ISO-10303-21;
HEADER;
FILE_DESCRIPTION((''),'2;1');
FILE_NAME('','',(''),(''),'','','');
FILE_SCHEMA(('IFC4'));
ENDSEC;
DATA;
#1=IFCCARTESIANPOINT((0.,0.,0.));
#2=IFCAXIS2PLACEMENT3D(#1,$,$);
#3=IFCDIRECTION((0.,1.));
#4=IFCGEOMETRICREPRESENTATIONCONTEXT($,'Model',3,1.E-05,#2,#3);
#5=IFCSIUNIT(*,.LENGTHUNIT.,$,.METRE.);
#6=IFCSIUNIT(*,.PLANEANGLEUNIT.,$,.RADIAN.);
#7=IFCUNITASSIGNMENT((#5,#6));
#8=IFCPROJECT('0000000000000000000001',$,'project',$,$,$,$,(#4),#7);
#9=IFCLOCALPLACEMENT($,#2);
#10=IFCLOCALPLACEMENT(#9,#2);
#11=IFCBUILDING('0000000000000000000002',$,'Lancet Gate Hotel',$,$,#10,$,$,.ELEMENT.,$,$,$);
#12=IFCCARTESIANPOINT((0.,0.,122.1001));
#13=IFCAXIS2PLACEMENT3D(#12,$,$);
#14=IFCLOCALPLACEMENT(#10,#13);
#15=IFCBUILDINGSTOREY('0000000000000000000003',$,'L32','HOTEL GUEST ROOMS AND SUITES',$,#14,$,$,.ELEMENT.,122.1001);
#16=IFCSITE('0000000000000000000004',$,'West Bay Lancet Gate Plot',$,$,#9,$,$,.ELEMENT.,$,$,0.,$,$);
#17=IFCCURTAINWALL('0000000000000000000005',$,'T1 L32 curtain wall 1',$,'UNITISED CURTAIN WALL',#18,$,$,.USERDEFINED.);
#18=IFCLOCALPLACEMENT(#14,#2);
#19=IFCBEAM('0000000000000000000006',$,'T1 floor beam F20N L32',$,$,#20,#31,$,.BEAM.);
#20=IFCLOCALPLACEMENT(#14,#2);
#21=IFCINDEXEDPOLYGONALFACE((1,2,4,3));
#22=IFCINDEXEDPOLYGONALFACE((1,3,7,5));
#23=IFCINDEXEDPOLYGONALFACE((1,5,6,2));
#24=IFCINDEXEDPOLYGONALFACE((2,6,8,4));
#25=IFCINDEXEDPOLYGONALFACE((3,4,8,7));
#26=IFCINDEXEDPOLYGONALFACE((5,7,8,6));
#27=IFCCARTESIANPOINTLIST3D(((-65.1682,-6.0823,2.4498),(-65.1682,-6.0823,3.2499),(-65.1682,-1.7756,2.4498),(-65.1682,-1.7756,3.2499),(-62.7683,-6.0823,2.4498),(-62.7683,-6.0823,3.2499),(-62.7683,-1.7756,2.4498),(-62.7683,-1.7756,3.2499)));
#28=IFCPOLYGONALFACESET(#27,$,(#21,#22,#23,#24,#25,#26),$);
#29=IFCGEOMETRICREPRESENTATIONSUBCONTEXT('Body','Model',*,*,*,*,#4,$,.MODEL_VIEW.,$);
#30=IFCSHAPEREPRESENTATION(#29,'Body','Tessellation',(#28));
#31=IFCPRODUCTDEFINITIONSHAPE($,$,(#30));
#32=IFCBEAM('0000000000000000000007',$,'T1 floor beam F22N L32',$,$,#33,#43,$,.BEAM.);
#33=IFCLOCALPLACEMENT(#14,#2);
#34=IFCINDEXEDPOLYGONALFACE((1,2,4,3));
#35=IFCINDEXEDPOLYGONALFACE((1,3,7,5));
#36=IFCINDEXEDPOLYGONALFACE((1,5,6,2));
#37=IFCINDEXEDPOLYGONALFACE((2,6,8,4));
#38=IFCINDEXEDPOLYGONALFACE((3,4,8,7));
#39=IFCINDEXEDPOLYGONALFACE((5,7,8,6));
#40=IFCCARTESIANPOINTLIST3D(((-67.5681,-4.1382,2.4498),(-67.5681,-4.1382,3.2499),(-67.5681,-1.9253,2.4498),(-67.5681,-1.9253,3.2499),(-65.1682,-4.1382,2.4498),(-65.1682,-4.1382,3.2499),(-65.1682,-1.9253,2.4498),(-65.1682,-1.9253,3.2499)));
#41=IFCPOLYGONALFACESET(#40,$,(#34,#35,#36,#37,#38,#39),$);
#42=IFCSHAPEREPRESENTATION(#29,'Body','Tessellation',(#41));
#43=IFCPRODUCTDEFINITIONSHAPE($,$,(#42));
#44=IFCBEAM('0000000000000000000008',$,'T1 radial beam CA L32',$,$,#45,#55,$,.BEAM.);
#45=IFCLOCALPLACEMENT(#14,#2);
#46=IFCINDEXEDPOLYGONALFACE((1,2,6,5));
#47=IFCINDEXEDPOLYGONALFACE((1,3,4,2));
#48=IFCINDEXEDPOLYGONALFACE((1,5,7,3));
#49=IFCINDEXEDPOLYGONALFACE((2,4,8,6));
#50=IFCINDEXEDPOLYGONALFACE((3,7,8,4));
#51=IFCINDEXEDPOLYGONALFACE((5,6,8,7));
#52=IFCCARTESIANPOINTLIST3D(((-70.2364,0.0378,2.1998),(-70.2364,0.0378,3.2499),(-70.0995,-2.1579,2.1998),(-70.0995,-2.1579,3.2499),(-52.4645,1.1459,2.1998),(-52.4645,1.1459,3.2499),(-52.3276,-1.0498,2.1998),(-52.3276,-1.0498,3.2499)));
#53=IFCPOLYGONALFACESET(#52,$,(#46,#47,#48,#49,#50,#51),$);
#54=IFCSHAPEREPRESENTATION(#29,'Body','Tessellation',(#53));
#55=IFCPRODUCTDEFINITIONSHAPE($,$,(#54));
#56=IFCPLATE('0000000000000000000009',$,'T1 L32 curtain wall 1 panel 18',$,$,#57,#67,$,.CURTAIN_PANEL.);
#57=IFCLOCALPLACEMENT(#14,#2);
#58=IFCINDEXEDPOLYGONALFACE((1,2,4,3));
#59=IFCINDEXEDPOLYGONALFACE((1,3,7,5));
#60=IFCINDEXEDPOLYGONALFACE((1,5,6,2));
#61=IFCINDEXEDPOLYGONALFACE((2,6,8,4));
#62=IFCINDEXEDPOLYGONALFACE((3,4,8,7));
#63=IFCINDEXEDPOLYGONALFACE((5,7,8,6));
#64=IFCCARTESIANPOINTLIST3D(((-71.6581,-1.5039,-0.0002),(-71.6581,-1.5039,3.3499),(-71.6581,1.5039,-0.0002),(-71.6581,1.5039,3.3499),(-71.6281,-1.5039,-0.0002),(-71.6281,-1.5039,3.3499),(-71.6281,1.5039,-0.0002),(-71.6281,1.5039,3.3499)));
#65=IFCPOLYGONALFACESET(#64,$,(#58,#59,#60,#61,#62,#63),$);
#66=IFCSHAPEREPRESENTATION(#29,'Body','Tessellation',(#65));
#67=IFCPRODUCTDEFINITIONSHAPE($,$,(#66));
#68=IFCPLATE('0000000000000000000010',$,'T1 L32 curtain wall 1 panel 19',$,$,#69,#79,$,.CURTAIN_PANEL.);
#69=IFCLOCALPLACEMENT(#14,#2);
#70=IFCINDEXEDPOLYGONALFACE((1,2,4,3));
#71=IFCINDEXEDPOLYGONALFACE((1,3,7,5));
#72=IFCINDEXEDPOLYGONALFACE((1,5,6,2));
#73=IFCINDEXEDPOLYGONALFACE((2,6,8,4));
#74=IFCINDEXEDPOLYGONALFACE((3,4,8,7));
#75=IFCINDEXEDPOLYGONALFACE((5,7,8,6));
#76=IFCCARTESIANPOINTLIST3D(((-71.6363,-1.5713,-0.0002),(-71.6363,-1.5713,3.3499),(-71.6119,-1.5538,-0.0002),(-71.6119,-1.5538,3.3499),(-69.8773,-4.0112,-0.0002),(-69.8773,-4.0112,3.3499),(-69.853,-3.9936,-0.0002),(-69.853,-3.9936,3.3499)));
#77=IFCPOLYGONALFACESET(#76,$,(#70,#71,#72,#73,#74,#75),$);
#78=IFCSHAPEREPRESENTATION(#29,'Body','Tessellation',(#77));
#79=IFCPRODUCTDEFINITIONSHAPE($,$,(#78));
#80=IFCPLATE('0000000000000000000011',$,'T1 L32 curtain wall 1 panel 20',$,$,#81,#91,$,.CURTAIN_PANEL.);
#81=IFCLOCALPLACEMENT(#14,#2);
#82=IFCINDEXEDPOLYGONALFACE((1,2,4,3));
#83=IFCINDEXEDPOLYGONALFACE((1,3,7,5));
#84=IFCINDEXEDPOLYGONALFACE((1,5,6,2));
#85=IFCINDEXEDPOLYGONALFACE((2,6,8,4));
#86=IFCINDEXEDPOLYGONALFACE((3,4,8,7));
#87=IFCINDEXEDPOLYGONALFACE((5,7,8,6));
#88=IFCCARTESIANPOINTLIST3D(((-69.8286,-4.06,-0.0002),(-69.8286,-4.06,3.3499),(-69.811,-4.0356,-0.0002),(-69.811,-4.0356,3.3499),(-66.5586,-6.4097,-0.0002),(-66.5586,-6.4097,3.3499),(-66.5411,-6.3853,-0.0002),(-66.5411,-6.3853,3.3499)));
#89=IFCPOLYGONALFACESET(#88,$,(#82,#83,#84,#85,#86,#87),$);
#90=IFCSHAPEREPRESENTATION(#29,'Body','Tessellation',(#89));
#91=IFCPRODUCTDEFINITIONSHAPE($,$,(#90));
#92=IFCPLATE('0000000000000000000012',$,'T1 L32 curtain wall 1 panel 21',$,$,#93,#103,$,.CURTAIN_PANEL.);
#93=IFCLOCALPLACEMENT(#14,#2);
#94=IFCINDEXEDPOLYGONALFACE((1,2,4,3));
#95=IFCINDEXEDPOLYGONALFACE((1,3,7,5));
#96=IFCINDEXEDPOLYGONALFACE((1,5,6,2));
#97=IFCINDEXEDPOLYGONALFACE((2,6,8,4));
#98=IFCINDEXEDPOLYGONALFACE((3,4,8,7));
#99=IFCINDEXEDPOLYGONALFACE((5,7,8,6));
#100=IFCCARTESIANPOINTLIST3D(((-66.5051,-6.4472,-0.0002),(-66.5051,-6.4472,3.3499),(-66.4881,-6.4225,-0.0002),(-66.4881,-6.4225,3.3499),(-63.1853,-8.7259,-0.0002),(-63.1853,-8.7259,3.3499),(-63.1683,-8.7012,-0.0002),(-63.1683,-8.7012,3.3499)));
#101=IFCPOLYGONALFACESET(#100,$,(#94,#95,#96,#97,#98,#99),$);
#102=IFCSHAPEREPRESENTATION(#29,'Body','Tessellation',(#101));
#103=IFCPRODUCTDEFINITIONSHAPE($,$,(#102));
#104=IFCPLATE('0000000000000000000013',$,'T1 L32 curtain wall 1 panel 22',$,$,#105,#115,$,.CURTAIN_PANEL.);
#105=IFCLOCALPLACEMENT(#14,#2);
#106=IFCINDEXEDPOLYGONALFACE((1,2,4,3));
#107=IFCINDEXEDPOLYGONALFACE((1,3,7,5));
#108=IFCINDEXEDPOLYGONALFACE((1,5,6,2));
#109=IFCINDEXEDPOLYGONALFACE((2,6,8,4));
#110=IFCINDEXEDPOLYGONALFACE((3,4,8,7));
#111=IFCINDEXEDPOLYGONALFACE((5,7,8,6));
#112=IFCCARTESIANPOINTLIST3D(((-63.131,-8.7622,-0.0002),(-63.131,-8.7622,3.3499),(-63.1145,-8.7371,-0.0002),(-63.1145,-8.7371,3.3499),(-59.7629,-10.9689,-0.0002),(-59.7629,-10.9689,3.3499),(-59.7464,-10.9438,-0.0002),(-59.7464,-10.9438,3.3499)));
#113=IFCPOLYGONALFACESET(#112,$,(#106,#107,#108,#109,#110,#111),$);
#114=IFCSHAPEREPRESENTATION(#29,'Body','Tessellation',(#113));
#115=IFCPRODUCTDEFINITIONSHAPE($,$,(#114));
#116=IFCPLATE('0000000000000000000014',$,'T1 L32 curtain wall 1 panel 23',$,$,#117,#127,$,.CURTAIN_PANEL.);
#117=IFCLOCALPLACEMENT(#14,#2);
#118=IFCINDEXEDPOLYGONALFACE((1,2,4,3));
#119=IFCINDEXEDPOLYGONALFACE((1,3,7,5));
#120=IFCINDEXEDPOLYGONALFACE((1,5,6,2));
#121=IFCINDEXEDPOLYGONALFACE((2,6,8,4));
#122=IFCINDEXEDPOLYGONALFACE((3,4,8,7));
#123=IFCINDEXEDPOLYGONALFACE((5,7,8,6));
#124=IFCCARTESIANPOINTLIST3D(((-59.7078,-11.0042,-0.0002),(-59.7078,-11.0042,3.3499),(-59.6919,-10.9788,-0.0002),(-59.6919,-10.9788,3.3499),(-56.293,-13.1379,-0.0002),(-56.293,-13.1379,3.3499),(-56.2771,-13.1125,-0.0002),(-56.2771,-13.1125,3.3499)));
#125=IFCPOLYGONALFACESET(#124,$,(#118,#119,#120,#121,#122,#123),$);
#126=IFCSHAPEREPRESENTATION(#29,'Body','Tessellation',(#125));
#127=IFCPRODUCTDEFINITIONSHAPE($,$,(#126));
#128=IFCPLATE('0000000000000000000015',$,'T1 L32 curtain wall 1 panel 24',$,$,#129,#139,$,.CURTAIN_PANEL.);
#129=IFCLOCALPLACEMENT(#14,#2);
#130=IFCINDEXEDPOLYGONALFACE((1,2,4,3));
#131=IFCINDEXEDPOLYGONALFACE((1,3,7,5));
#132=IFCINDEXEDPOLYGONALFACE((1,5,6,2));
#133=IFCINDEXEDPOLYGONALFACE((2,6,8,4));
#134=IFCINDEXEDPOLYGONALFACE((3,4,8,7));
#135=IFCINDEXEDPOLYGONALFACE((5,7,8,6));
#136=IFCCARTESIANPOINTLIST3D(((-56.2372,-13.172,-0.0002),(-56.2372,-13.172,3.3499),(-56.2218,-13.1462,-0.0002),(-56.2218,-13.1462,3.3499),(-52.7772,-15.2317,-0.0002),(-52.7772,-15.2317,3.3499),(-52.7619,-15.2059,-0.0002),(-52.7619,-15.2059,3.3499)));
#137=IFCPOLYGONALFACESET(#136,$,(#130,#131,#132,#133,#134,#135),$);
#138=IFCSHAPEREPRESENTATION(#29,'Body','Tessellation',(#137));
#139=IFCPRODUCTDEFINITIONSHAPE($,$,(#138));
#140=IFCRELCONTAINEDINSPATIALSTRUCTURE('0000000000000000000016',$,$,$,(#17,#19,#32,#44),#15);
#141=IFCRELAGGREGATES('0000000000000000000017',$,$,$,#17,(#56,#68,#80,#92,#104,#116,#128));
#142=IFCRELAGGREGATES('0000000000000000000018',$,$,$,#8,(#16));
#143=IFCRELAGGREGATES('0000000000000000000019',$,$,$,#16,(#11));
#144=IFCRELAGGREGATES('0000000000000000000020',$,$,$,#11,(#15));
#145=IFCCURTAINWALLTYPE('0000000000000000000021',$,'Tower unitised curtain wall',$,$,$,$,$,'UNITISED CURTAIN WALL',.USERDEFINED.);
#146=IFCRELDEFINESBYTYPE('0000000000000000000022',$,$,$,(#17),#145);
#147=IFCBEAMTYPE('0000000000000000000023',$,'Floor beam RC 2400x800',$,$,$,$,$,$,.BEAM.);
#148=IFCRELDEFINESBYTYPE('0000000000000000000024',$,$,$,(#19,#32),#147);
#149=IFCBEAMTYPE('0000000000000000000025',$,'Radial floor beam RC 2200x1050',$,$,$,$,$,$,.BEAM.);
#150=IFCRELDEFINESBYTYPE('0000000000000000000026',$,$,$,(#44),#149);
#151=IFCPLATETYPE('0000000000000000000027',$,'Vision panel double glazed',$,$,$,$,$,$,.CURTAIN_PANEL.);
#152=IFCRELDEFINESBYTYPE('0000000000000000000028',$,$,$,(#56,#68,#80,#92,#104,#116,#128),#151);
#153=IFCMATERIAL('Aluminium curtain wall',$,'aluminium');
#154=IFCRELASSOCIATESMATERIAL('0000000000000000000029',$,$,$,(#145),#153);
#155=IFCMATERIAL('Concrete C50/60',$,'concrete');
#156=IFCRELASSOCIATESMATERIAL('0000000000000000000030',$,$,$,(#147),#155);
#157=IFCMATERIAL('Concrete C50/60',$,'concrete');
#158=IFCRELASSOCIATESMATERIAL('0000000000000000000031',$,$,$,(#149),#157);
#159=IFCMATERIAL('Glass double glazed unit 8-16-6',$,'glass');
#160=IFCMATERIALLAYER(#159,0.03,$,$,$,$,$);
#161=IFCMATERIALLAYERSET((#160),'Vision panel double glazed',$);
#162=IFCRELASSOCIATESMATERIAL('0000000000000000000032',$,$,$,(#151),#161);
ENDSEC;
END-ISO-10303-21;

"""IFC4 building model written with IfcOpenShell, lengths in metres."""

from ifc_helpers import new_model, si_unit, direction, frame, origin, origin_2d, place, context, subcontext, project, spatial, rectangle, extrude, material, layer, layer_set, material_profile, profile_set, type_object, element, aggregate, save


model = new_model("IFC4")

# Units and contexts
model_context = context("Model", 3, precision=1e-05, world=origin(), true_north=direction((0.0, 1.0)))
body_context = subcontext(model_context, "Body", "Model", "MODEL_VIEW")
ifc_project = project(units=[si_unit("LENGTHUNIT", "METRE"), si_unit("PLANEANGLEUNIT", "RADIAN")], contexts=[model_context])

# Site, building, storey
site_placement = place(None, origin())
site = spatial("IfcSite", under=ifc_project, at=site_placement, Name="West Bay Lancet Gate Plot", CompositionType="ELEMENT", RefElevation=0.0)
building_placement = place(site_placement, origin())
building = spatial("IfcBuilding", under=site, at=building_placement, Name="Lancet Gate Hotel", CompositionType="ELEMENT")
storey_placement = place(building_placement, frame((0.0, 0.0, 122.1001)))
storey = spatial("IfcBuildingStorey", under=building, at=storey_placement, Name="L32", Description="HOTEL GUEST ROOMS AND SUITES", CompositionType="ELEMENT", Elevation=122.1001)

# Curtain wall
ifc_material_1 = material(Name="Aluminium curtain wall", Category="aluminium")
curtain_wall_type = type_object("IfcCurtainWallType", Name="Tower unitised curtain wall", ElementType="UNITISED CURTAIN WALL", PredefinedType="USERDEFINED", material=ifc_material_1)
curtain_wall_placement = place(storey_placement, origin())
curtain_wall = element("IfcCurtainWall", 1, at=curtain_wall_placement, inside=storey, type_object=curtain_wall_type, Name="T1 L32 curtain wall 1", ObjectType="UNITISED CURTAIN WALL", PredefinedType="USERDEFINED")

# Beams
ifc_material_2 = material(Name="Concrete C50/60", Category="concrete")
ifc_material_profile_1 = material_profile(ifc_material_2, rectangle(XDim=2.3999, YDim=0.8, at=origin_2d()), Name="RC 2400x800")
ifc_profile_set_1 = profile_set([ifc_material_profile_1], Name="Concrete C50/60")
beam_type_1 = type_object("IfcBeamType", Name="Floor beam RC 2400x800", PredefinedType="BEAM", material=ifc_profile_set_1)
beam_1_placement = place(storey_placement, frame((-63.9683, -1.7756, 2.8499), z_axis=(0.0, -1.0, 0.0), x_axis=(1.0, 0.0, 0.0)))
element("IfcBeam", 2, at=beam_1_placement, inside=storey, type_object=beam_type_1, Name="T1 floor beam F20N L32", PredefinedType="BEAM", context=body_context, shape_type="SweptSolid", body=[
    extrude(rectangle(XDim=2.3999, YDim=0.8, at=origin_2d()), origin(), (0.0, 0.0, 1.0), 4.3066),
])
beam_2_placement = place(storey_placement, frame((-66.3682, -1.9253, 2.8499), z_axis=(0.0, -1.0, 0.0), x_axis=(1.0, 0.0, 0.0)))
element("IfcBeam", 3, at=beam_2_placement, inside=storey, type_object=beam_type_1, Name="T1 floor beam F22N L32", PredefinedType="BEAM", context=body_context, shape_type="SweptSolid", body=[
    extrude(rectangle(XDim=2.3999, YDim=0.8, at=origin_2d()), origin(), (0.0, 0.0, 1.0), 2.2129),
])
ifc_material_3 = material(Name="Concrete C50/60", Category="concrete")
ifc_material_profile_2 = material_profile(ifc_material_3, rectangle(XDim=2.2, YDim=1.05, at=origin_2d()), Name="RC 2200x1050")
ifc_profile_set_2 = profile_set([ifc_material_profile_2], Name="Concrete C50/60")
beam_type_2 = type_object("IfcBeamType", Name="Radial floor beam RC 2200x1050", PredefinedType="BEAM", material=ifc_profile_set_2)
beam_3_placement = place(storey_placement, frame((-70.168, -1.0601, 2.7249), z_axis=(0.998062, 0.062233, 0.0), x_axis=(-0.062233, 0.998062, 0.0)))
element("IfcBeam", 4, at=beam_3_placement, inside=storey, type_object=beam_type_2, Name="T1 radial beam CA L32", PredefinedType="BEAM", context=body_context, shape_type="SweptSolid", body=[
    extrude(rectangle(XDim=2.2, YDim=1.05, at=origin_2d()), origin(), (0.0, 0.0, 1.0), 17.8064),
])

# Plates
ifc_material_4 = material(Name="Glass double glazed unit 8-16-6", Category="glass")
ifc_layer = layer(ifc_material_4, 0.03)
ifc_layer_set = layer_set([ifc_layer], Name="Vision panel double glazed")
plate_type = type_object("IfcPlateType", Name="Vision panel double glazed", PredefinedType="CURTAIN_PANEL", material=ifc_layer_set)
plate_1_placement = place(storey_placement, frame((-71.6431, 0.0, -0.0002), z_axis=(0.0, 0.0, 1.0), x_axis=(0.0, -1.0, 0.0)))
plate_1 = element("IfcPlate", 5, at=plate_1_placement, type_object=plate_type, Name="T1 L32 curtain wall 1 panel 18", PredefinedType="CURTAIN_PANEL", context=body_context, shape_type="SweptSolid", body=[
    extrude(rectangle(XDim=3.0078, YDim=0.03, at=origin_2d()), origin(), (0.0, 0.0, 1.0), 3.3501),
])
plate_2_placement = place(storey_placement, frame((-70.7446, -2.7825, -0.0002), z_axis=(0.0, 0.0, 1.0), x_axis=(0.584809, -0.811171, 0.0)))
plate_2 = element("IfcPlate", 6, at=plate_2_placement, type_object=plate_type, Name="T1 L32 curtain wall 1 panel 19", PredefinedType="CURTAIN_PANEL", context=body_context, shape_type="SweptSolid", body=[
    extrude(rectangle(XDim=3.0078, YDim=0.03, at=origin_2d()), origin(), (0.0, 0.0, 1.0), 3.3501),
])
plate_3_placement = place(storey_placement, frame((-68.1848, -5.2227, -0.0002), z_axis=(0.0, 0.0, 1.0), x_axis=(0.812093, -0.583528, 0.0)))
plate_3 = element("IfcPlate", 7, at=plate_3_placement, type_object=plate_type, Name="T1 L32 curtain wall 1 panel 20", PredefinedType="CURTAIN_PANEL", context=body_context, shape_type="SweptSolid", body=[
    extrude(rectangle(XDim=4.0266, YDim=0.03, at=origin_2d()), origin(), (0.0, 0.0, 1.0), 3.3501),
])
plate_4_placement = place(storey_placement, frame((-64.8367, -7.5742, -0.0002), z_axis=(0.0, 0.0, 1.0), x_axis=(0.824466, -0.565911, 0.0)))
plate_4 = element("IfcPlate", 8, at=plate_4_placement, type_object=plate_type, Name="T1 L32 curtain wall 1 panel 21", PredefinedType="CURTAIN_PANEL", context=body_context, shape_type="SweptSolid", body=[
    extrude(rectangle(XDim=4.0266, YDim=0.03, at=origin_2d()), origin(), (0.0, 0.0, 1.0), 3.3501),
])
plate_5_placement = place(storey_placement, frame((-61.4387, -9.853, -0.0002), z_axis=(0.0, 0.0, 1.0), x_axis=(0.836458, -0.548032, 0.0)))
plate_5 = element("IfcPlate", 9, at=plate_5_placement, type_object=plate_type, Name="T1 L32 curtain wall 1 panel 22", PredefinedType="CURTAIN_PANEL", context=body_context, shape_type="SweptSolid", body=[
    extrude(rectangle(XDim=4.0266, YDim=0.03, at=origin_2d()), origin(), (0.0, 0.0, 1.0), 3.3501),
])
plate_6_placement = place(storey_placement, frame((-57.9924, -12.0583, -0.0002), z_axis=(0.0, 0.0, 1.0), x_axis=(0.848061, -0.529899, 0.0)))
plate_6 = element("IfcPlate", 10, at=plate_6_placement, type_object=plate_type, Name="T1 L32 curtain wall 1 panel 23", PredefinedType="CURTAIN_PANEL", context=body_context, shape_type="SweptSolid", body=[
    extrude(rectangle(XDim=4.0266, YDim=0.03, at=origin_2d()), origin(), (0.0, 0.0, 1.0), 3.3501),
])
plate_7_placement = place(storey_placement, frame((-54.4995, -14.189, -0.0002), z_axis=(0.0, 0.0, 1.0), x_axis=(0.859271, -0.51152, 0.0)))
plate_7 = element("IfcPlate", 11, at=plate_7_placement, type_object=plate_type, Name="T1 L32 curtain wall 1 panel 24", PredefinedType="CURTAIN_PANEL", context=body_context, shape_type="SweptSolid", body=[
    extrude(rectangle(XDim=4.0266, YDim=0.03, at=origin_2d()), origin(), (0.0, 0.0, 1.0), 3.3501),
])
aggregate(curtain_wall, [plate_1, plate_2, plate_3, plate_4, plate_5, plate_6, plate_7])

save(model, "model.ifc")
